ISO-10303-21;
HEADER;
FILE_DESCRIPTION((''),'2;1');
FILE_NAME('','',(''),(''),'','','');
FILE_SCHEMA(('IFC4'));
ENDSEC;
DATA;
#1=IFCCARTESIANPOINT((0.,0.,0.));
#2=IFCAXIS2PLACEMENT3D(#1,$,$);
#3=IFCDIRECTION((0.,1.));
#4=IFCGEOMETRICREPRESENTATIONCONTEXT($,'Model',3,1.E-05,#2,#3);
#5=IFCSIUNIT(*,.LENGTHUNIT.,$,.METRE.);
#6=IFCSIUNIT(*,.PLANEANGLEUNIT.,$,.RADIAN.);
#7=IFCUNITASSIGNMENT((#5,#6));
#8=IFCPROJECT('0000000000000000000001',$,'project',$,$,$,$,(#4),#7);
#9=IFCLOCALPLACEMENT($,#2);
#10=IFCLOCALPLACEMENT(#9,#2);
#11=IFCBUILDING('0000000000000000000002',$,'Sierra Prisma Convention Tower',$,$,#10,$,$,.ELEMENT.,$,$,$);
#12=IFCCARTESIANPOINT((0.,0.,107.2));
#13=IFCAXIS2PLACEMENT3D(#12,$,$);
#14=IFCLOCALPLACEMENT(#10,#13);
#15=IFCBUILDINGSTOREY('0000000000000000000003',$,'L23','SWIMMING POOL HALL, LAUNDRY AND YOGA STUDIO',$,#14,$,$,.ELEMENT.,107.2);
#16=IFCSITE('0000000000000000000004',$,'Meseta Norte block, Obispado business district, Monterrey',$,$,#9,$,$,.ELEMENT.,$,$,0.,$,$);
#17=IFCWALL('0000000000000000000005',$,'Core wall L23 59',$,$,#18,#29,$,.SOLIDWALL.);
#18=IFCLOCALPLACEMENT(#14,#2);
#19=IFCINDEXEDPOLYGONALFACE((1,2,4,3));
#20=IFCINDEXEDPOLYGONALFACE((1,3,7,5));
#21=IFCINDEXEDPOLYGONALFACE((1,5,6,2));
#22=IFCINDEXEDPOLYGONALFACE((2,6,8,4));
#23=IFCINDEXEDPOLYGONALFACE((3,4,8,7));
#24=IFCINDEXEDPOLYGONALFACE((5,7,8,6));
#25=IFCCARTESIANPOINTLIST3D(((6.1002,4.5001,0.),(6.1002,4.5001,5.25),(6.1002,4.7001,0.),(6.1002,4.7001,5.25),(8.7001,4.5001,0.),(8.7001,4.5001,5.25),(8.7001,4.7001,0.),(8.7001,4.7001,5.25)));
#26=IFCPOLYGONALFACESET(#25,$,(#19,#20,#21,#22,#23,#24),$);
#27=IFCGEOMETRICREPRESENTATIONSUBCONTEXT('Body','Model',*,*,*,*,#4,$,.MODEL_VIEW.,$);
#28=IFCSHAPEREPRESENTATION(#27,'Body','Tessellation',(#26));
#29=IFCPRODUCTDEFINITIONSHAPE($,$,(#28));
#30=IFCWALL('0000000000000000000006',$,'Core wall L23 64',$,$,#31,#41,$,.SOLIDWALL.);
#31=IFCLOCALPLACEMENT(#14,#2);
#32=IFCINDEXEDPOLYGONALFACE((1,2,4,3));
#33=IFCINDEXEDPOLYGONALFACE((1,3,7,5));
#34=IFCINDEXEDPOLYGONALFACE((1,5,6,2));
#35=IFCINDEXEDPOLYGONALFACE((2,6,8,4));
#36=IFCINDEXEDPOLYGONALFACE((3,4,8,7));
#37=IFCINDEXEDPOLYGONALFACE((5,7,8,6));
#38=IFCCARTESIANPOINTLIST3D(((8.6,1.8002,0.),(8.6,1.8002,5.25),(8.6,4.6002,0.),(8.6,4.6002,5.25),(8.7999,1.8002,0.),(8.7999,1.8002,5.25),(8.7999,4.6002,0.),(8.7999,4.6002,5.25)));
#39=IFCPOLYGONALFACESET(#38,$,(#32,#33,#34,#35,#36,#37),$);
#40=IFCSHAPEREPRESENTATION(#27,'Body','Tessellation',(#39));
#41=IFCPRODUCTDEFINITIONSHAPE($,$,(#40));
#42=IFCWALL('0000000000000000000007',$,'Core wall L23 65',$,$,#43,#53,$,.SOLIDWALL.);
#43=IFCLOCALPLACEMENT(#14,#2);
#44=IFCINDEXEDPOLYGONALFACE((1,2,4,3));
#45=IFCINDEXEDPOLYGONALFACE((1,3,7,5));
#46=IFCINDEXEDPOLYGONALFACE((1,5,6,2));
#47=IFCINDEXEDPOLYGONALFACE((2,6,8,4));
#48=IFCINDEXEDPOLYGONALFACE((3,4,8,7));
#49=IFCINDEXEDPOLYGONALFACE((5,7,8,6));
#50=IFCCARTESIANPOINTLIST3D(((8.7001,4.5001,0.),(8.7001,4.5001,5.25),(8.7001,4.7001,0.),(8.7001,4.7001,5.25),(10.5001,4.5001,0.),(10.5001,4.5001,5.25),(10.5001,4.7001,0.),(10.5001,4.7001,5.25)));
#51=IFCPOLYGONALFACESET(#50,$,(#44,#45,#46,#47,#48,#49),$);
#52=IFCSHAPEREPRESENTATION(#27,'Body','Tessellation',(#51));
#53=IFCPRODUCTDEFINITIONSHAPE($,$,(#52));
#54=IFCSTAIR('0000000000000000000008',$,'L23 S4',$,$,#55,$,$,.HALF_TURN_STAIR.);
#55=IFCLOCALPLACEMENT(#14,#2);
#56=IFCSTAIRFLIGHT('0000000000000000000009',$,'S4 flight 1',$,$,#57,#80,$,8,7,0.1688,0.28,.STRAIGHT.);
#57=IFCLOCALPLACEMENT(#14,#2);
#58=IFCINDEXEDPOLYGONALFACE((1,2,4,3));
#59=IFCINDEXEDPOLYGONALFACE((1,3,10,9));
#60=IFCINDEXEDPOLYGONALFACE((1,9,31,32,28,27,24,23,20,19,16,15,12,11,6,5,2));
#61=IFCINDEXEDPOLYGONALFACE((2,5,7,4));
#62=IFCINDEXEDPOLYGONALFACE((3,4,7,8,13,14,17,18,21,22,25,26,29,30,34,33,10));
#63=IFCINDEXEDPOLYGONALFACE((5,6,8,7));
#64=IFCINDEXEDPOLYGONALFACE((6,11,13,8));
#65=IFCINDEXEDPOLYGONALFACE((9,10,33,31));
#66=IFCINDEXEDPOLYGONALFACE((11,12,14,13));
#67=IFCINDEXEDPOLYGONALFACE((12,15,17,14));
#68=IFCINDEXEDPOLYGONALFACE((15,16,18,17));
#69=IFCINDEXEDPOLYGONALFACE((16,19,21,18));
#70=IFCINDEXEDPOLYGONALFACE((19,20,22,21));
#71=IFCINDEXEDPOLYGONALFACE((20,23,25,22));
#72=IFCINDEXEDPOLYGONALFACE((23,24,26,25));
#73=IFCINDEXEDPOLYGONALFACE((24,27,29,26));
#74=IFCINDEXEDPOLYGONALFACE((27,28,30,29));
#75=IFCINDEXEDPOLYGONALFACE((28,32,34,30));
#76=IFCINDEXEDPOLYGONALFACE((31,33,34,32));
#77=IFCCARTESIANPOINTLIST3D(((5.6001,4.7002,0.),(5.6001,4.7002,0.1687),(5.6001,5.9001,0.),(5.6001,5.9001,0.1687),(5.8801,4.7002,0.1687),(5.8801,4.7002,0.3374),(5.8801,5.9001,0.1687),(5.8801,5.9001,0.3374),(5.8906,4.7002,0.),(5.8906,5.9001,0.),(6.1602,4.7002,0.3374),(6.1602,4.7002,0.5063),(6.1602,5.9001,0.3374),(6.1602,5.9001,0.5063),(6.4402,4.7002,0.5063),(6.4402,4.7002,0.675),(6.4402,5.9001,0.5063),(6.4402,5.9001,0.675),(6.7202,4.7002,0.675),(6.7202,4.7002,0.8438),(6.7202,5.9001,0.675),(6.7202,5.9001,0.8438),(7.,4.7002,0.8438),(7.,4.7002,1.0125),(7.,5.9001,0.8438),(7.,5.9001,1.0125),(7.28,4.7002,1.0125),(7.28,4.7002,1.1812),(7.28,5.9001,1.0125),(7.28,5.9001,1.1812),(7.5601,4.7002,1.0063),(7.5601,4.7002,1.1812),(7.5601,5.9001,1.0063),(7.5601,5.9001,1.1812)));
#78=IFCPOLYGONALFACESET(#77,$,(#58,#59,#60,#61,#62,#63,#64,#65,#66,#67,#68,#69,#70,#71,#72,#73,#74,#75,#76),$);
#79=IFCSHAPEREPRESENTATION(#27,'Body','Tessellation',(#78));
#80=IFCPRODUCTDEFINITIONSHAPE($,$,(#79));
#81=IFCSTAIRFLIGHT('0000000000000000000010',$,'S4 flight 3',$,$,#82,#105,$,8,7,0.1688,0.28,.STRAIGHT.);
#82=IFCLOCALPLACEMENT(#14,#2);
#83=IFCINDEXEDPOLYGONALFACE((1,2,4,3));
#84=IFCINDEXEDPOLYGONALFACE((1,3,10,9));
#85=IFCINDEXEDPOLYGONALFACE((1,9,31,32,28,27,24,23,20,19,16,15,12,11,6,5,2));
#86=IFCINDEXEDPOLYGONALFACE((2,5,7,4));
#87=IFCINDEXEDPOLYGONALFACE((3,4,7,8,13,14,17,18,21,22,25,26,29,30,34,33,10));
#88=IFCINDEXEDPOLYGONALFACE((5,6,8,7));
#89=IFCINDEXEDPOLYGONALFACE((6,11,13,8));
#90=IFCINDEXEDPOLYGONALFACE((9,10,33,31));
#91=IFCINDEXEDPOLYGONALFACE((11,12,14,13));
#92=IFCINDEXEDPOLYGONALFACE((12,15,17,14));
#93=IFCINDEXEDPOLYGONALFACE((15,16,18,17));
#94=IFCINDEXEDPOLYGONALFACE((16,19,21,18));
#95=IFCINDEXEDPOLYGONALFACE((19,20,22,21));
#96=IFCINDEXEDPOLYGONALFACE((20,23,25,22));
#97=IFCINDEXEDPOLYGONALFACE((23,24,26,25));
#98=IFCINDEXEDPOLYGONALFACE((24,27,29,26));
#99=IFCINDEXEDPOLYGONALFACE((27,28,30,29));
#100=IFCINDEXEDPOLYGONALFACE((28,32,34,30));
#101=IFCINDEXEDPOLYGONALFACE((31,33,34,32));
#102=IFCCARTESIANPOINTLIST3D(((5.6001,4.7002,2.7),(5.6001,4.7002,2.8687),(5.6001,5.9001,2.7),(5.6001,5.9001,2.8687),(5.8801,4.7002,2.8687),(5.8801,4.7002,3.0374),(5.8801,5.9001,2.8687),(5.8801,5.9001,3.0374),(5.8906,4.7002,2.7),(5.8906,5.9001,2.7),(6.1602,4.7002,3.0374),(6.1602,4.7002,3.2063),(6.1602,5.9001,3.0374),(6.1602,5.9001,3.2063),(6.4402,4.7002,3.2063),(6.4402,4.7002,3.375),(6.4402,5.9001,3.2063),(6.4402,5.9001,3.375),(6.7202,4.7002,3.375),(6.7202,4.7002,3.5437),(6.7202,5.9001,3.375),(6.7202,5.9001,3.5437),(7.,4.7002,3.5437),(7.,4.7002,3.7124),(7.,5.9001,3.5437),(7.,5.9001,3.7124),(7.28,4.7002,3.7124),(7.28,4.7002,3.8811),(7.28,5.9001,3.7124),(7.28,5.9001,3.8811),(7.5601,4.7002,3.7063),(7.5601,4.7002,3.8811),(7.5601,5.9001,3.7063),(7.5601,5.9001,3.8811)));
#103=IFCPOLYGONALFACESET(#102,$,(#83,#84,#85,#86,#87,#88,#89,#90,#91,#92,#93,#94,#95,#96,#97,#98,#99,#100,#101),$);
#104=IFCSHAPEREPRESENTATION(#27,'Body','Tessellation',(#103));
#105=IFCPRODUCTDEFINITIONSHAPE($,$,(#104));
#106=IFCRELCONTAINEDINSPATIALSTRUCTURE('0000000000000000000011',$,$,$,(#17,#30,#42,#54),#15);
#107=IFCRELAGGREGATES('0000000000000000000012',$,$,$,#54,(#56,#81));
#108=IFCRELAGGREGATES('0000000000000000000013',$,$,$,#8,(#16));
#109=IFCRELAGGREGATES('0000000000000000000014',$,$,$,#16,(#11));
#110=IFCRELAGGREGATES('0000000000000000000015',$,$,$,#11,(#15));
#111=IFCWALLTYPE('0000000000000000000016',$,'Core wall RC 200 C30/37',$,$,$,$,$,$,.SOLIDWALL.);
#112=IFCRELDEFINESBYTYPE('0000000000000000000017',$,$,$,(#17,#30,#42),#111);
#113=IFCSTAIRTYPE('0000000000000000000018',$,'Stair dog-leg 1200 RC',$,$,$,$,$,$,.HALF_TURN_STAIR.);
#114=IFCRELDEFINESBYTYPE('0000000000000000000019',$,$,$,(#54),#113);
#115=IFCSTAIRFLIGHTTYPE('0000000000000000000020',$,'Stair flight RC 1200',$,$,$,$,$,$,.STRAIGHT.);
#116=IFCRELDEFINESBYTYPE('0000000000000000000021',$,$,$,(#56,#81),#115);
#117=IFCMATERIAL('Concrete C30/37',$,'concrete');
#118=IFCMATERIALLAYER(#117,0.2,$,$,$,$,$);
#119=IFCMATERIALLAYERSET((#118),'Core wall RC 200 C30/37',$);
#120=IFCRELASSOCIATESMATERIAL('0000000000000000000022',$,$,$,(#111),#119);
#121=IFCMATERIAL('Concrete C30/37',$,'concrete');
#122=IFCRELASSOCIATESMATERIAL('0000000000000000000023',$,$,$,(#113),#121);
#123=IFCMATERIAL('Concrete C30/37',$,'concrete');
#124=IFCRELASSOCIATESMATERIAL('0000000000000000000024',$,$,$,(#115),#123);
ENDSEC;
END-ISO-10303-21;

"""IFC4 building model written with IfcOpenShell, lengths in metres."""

from ifc_helpers import new_model, si_unit, direction, frame, frame_2d, origin, place, context, subcontext, project, spatial, polyline, rectangle, outline, extrude, material, layer, layer_set, type_object, element, aggregate, save


model = new_model("IFC4")

# Units and contexts
model_context = context("Model", 3, precision=1e-05, world=origin(), true_north=direction((0.0, 1.0)))
body_context = subcontext(model_context, "Body", "Model", "MODEL_VIEW")
ifc_project = project(units=[si_unit("LENGTHUNIT", "METRE"), si_unit("PLANEANGLEUNIT", "RADIAN")], contexts=[model_context])

# Site, building, storey
site_placement = place(None, origin())
site = spatial("IfcSite", under=ifc_project, at=site_placement, Name="Meseta Norte block, Obispado business district, Monterrey", CompositionType="ELEMENT", RefElevation=0.0)
building_placement = place(site_placement, origin())
building = spatial("IfcBuilding", under=site, at=building_placement, Name="Sierra Prisma Convention Tower", CompositionType="ELEMENT")
storey_placement = place(building_placement, frame((0.0, 0.0, 107.2)))
storey = spatial("IfcBuildingStorey", under=building, at=storey_placement, Name="L23", Description="SWIMMING POOL HALL, LAUNDRY AND YOGA STUDIO", CompositionType="ELEMENT", Elevation=107.2)

# Wall
ifc_material_1 = material(Name="Concrete C30/37", Category="concrete")
ifc_layer_1 = layer(ifc_material_1, 0.2)
ifc_layer_set_1 = layer_set([ifc_layer_1], Name="Core wall RC 200 C30/37")
wall_type = type_object("IfcWallType", Name="Core wall RC 200 C30/37", PredefinedType="SOLIDWALL", material=ifc_layer_set_1)
wall_1_placement = place(storey_placement, frame((8.7, 4.6001, 0.0), z_axis=(0.0, 0.0, 1.0), x_axis=(-1.0, 0.0, 0.0)))
element("IfcWall", 1, at=wall_1_placement, inside=storey, type_object=wall_type, Name="Core wall L23 59", PredefinedType="SOLIDWALL", context=body_context, shape_type="SweptSolid", body=[
    extrude(rectangle(XDim=2.5999, YDim=0.2, at=frame_2d((1.2998, 0.0))), origin(), (0.0, 0.0, 1.0), 5.25),
])

# Walls
wall_2_placement = place(storey_placement, frame((8.7, 4.6001, 0.0), z_axis=(0.0, 0.0, 1.0), x_axis=(0.0, -1.0, 0.0)))
element("IfcWall", 2, at=wall_2_placement, inside=storey, type_object=wall_type, Name="Core wall L23 64", PredefinedType="SOLIDWALL", context=body_context, shape_type="SweptSolid", body=[
    extrude(rectangle(XDim=2.8, YDim=0.2, at=frame_2d((1.3999, 0.0))), origin(), (0.0, 0.0, 1.0), 5.25),
])
wall_3_placement = place(storey_placement, frame((10.5, 4.6001, 0.0), z_axis=(0.0, 0.0, 1.0), x_axis=(-1.0, 0.0, 0.0)))
element("IfcWall", 3, at=wall_3_placement, inside=storey, type_object=wall_type, Name="Core wall L23 65", PredefinedType="SOLIDWALL", context=body_context, shape_type="SweptSolid", body=[
    extrude(rectangle(XDim=1.8, YDim=0.2, at=frame_2d((0.8999, 0.0))), origin(), (0.0, 0.0, 1.0), 5.25),
])

# Stair, stair flights
ifc_material_2 = material(Name="Concrete C30/37", Category="concrete")
stair_type = type_object("IfcStairType", Name="Stair dog-leg 1200 RC", PredefinedType="HALF_TURN_STAIR", material=ifc_material_2)
stair_placement = place(storey_placement, origin())
stair = element("IfcStair", 4, at=stair_placement, inside=storey, type_object=stair_type, Name="L23 S4", PredefinedType="HALF_TURN_STAIR")
ifc_material_3 = material(Name="Concrete C30/37", Category="concrete")
stair_flight_type = type_object("IfcStairFlightType", Name="Stair flight RC 1200", PredefinedType="STRAIGHT", material=ifc_material_3)
stair_flight_1_placement = place(storey_placement, frame((5.6001, 5.3, 0.0), z_axis=(0.0, 0.0, 1.0), x_axis=(1.0, 0.0, 0.0)))
stair_flight_1 = element("IfcStairFlight", 5, at=stair_flight_1_placement, type_object=stair_flight_type, Name="S4 flight 1", NumberOfRisers=8, NumberOfTreads=7, PredefinedType="STRAIGHT", RiserHeight=0.1688, TreadLength=0.28, context=body_context, shape_type="SweptSolid", body=[
    extrude(outline(polyline([(0.0, 0.0), (0.0, 0.1687), (0.28, 0.1687), (0.28, 0.3374), (0.5601, 0.3374), (0.5601, 0.5063), (0.8401, 0.5063), (0.8401, 0.675), (1.1201, 0.675), (1.1201, 0.8438), (1.3999, 0.8438), (1.3999, 1.0125), (1.6799, 1.0125), (1.6799, 1.1812), (1.96, 1.1812), (1.96, 1.3501), (1.96, 1.0063), (0.2905, 0.0), (0.0, 0.0)])), frame((0.0, 0.6001, 0.0), z_axis=(0.0, -1.0, 0.0), x_axis=(1.0, 0.0, 0.0)), (0.0, 0.0, 1.0), 1.2),
])
stair_flight_2_placement = place(storey_placement, frame((5.6001, 5.3, 2.7), z_axis=(0.0, 0.0, 1.0), x_axis=(1.0, 0.0, 0.0)))
stair_flight_2 = element("IfcStairFlight", 6, at=stair_flight_2_placement, type_object=stair_flight_type, Name="S4 flight 3", NumberOfRisers=8, NumberOfTreads=7, PredefinedType="STRAIGHT", RiserHeight=0.1688, TreadLength=0.28, context=body_context, shape_type="SweptSolid", body=[
    extrude(outline(polyline([(0.0, 0.0), (0.0, 0.1687), (0.28, 0.1687), (0.28, 0.3374), (0.5601, 0.3374), (0.5601, 0.5063), (0.8401, 0.5063), (0.8401, 0.675), (1.1201, 0.675), (1.1201, 0.8438), (1.3999, 0.8438), (1.3999, 1.0125), (1.6799, 1.0125), (1.6799, 1.1812), (1.96, 1.1812), (1.96, 1.3501), (1.96, 1.0063), (0.2905, 0.0), (0.0, 0.0)])), frame((0.0, 0.6001, 0.0), z_axis=(0.0, -1.0, 0.0), x_axis=(1.0, 0.0, 0.0)), (0.0, 0.0, 1.0), 1.2),
])
aggregate(stair, [stair_flight_1, stair_flight_2])

save(model, "model.ifc")
